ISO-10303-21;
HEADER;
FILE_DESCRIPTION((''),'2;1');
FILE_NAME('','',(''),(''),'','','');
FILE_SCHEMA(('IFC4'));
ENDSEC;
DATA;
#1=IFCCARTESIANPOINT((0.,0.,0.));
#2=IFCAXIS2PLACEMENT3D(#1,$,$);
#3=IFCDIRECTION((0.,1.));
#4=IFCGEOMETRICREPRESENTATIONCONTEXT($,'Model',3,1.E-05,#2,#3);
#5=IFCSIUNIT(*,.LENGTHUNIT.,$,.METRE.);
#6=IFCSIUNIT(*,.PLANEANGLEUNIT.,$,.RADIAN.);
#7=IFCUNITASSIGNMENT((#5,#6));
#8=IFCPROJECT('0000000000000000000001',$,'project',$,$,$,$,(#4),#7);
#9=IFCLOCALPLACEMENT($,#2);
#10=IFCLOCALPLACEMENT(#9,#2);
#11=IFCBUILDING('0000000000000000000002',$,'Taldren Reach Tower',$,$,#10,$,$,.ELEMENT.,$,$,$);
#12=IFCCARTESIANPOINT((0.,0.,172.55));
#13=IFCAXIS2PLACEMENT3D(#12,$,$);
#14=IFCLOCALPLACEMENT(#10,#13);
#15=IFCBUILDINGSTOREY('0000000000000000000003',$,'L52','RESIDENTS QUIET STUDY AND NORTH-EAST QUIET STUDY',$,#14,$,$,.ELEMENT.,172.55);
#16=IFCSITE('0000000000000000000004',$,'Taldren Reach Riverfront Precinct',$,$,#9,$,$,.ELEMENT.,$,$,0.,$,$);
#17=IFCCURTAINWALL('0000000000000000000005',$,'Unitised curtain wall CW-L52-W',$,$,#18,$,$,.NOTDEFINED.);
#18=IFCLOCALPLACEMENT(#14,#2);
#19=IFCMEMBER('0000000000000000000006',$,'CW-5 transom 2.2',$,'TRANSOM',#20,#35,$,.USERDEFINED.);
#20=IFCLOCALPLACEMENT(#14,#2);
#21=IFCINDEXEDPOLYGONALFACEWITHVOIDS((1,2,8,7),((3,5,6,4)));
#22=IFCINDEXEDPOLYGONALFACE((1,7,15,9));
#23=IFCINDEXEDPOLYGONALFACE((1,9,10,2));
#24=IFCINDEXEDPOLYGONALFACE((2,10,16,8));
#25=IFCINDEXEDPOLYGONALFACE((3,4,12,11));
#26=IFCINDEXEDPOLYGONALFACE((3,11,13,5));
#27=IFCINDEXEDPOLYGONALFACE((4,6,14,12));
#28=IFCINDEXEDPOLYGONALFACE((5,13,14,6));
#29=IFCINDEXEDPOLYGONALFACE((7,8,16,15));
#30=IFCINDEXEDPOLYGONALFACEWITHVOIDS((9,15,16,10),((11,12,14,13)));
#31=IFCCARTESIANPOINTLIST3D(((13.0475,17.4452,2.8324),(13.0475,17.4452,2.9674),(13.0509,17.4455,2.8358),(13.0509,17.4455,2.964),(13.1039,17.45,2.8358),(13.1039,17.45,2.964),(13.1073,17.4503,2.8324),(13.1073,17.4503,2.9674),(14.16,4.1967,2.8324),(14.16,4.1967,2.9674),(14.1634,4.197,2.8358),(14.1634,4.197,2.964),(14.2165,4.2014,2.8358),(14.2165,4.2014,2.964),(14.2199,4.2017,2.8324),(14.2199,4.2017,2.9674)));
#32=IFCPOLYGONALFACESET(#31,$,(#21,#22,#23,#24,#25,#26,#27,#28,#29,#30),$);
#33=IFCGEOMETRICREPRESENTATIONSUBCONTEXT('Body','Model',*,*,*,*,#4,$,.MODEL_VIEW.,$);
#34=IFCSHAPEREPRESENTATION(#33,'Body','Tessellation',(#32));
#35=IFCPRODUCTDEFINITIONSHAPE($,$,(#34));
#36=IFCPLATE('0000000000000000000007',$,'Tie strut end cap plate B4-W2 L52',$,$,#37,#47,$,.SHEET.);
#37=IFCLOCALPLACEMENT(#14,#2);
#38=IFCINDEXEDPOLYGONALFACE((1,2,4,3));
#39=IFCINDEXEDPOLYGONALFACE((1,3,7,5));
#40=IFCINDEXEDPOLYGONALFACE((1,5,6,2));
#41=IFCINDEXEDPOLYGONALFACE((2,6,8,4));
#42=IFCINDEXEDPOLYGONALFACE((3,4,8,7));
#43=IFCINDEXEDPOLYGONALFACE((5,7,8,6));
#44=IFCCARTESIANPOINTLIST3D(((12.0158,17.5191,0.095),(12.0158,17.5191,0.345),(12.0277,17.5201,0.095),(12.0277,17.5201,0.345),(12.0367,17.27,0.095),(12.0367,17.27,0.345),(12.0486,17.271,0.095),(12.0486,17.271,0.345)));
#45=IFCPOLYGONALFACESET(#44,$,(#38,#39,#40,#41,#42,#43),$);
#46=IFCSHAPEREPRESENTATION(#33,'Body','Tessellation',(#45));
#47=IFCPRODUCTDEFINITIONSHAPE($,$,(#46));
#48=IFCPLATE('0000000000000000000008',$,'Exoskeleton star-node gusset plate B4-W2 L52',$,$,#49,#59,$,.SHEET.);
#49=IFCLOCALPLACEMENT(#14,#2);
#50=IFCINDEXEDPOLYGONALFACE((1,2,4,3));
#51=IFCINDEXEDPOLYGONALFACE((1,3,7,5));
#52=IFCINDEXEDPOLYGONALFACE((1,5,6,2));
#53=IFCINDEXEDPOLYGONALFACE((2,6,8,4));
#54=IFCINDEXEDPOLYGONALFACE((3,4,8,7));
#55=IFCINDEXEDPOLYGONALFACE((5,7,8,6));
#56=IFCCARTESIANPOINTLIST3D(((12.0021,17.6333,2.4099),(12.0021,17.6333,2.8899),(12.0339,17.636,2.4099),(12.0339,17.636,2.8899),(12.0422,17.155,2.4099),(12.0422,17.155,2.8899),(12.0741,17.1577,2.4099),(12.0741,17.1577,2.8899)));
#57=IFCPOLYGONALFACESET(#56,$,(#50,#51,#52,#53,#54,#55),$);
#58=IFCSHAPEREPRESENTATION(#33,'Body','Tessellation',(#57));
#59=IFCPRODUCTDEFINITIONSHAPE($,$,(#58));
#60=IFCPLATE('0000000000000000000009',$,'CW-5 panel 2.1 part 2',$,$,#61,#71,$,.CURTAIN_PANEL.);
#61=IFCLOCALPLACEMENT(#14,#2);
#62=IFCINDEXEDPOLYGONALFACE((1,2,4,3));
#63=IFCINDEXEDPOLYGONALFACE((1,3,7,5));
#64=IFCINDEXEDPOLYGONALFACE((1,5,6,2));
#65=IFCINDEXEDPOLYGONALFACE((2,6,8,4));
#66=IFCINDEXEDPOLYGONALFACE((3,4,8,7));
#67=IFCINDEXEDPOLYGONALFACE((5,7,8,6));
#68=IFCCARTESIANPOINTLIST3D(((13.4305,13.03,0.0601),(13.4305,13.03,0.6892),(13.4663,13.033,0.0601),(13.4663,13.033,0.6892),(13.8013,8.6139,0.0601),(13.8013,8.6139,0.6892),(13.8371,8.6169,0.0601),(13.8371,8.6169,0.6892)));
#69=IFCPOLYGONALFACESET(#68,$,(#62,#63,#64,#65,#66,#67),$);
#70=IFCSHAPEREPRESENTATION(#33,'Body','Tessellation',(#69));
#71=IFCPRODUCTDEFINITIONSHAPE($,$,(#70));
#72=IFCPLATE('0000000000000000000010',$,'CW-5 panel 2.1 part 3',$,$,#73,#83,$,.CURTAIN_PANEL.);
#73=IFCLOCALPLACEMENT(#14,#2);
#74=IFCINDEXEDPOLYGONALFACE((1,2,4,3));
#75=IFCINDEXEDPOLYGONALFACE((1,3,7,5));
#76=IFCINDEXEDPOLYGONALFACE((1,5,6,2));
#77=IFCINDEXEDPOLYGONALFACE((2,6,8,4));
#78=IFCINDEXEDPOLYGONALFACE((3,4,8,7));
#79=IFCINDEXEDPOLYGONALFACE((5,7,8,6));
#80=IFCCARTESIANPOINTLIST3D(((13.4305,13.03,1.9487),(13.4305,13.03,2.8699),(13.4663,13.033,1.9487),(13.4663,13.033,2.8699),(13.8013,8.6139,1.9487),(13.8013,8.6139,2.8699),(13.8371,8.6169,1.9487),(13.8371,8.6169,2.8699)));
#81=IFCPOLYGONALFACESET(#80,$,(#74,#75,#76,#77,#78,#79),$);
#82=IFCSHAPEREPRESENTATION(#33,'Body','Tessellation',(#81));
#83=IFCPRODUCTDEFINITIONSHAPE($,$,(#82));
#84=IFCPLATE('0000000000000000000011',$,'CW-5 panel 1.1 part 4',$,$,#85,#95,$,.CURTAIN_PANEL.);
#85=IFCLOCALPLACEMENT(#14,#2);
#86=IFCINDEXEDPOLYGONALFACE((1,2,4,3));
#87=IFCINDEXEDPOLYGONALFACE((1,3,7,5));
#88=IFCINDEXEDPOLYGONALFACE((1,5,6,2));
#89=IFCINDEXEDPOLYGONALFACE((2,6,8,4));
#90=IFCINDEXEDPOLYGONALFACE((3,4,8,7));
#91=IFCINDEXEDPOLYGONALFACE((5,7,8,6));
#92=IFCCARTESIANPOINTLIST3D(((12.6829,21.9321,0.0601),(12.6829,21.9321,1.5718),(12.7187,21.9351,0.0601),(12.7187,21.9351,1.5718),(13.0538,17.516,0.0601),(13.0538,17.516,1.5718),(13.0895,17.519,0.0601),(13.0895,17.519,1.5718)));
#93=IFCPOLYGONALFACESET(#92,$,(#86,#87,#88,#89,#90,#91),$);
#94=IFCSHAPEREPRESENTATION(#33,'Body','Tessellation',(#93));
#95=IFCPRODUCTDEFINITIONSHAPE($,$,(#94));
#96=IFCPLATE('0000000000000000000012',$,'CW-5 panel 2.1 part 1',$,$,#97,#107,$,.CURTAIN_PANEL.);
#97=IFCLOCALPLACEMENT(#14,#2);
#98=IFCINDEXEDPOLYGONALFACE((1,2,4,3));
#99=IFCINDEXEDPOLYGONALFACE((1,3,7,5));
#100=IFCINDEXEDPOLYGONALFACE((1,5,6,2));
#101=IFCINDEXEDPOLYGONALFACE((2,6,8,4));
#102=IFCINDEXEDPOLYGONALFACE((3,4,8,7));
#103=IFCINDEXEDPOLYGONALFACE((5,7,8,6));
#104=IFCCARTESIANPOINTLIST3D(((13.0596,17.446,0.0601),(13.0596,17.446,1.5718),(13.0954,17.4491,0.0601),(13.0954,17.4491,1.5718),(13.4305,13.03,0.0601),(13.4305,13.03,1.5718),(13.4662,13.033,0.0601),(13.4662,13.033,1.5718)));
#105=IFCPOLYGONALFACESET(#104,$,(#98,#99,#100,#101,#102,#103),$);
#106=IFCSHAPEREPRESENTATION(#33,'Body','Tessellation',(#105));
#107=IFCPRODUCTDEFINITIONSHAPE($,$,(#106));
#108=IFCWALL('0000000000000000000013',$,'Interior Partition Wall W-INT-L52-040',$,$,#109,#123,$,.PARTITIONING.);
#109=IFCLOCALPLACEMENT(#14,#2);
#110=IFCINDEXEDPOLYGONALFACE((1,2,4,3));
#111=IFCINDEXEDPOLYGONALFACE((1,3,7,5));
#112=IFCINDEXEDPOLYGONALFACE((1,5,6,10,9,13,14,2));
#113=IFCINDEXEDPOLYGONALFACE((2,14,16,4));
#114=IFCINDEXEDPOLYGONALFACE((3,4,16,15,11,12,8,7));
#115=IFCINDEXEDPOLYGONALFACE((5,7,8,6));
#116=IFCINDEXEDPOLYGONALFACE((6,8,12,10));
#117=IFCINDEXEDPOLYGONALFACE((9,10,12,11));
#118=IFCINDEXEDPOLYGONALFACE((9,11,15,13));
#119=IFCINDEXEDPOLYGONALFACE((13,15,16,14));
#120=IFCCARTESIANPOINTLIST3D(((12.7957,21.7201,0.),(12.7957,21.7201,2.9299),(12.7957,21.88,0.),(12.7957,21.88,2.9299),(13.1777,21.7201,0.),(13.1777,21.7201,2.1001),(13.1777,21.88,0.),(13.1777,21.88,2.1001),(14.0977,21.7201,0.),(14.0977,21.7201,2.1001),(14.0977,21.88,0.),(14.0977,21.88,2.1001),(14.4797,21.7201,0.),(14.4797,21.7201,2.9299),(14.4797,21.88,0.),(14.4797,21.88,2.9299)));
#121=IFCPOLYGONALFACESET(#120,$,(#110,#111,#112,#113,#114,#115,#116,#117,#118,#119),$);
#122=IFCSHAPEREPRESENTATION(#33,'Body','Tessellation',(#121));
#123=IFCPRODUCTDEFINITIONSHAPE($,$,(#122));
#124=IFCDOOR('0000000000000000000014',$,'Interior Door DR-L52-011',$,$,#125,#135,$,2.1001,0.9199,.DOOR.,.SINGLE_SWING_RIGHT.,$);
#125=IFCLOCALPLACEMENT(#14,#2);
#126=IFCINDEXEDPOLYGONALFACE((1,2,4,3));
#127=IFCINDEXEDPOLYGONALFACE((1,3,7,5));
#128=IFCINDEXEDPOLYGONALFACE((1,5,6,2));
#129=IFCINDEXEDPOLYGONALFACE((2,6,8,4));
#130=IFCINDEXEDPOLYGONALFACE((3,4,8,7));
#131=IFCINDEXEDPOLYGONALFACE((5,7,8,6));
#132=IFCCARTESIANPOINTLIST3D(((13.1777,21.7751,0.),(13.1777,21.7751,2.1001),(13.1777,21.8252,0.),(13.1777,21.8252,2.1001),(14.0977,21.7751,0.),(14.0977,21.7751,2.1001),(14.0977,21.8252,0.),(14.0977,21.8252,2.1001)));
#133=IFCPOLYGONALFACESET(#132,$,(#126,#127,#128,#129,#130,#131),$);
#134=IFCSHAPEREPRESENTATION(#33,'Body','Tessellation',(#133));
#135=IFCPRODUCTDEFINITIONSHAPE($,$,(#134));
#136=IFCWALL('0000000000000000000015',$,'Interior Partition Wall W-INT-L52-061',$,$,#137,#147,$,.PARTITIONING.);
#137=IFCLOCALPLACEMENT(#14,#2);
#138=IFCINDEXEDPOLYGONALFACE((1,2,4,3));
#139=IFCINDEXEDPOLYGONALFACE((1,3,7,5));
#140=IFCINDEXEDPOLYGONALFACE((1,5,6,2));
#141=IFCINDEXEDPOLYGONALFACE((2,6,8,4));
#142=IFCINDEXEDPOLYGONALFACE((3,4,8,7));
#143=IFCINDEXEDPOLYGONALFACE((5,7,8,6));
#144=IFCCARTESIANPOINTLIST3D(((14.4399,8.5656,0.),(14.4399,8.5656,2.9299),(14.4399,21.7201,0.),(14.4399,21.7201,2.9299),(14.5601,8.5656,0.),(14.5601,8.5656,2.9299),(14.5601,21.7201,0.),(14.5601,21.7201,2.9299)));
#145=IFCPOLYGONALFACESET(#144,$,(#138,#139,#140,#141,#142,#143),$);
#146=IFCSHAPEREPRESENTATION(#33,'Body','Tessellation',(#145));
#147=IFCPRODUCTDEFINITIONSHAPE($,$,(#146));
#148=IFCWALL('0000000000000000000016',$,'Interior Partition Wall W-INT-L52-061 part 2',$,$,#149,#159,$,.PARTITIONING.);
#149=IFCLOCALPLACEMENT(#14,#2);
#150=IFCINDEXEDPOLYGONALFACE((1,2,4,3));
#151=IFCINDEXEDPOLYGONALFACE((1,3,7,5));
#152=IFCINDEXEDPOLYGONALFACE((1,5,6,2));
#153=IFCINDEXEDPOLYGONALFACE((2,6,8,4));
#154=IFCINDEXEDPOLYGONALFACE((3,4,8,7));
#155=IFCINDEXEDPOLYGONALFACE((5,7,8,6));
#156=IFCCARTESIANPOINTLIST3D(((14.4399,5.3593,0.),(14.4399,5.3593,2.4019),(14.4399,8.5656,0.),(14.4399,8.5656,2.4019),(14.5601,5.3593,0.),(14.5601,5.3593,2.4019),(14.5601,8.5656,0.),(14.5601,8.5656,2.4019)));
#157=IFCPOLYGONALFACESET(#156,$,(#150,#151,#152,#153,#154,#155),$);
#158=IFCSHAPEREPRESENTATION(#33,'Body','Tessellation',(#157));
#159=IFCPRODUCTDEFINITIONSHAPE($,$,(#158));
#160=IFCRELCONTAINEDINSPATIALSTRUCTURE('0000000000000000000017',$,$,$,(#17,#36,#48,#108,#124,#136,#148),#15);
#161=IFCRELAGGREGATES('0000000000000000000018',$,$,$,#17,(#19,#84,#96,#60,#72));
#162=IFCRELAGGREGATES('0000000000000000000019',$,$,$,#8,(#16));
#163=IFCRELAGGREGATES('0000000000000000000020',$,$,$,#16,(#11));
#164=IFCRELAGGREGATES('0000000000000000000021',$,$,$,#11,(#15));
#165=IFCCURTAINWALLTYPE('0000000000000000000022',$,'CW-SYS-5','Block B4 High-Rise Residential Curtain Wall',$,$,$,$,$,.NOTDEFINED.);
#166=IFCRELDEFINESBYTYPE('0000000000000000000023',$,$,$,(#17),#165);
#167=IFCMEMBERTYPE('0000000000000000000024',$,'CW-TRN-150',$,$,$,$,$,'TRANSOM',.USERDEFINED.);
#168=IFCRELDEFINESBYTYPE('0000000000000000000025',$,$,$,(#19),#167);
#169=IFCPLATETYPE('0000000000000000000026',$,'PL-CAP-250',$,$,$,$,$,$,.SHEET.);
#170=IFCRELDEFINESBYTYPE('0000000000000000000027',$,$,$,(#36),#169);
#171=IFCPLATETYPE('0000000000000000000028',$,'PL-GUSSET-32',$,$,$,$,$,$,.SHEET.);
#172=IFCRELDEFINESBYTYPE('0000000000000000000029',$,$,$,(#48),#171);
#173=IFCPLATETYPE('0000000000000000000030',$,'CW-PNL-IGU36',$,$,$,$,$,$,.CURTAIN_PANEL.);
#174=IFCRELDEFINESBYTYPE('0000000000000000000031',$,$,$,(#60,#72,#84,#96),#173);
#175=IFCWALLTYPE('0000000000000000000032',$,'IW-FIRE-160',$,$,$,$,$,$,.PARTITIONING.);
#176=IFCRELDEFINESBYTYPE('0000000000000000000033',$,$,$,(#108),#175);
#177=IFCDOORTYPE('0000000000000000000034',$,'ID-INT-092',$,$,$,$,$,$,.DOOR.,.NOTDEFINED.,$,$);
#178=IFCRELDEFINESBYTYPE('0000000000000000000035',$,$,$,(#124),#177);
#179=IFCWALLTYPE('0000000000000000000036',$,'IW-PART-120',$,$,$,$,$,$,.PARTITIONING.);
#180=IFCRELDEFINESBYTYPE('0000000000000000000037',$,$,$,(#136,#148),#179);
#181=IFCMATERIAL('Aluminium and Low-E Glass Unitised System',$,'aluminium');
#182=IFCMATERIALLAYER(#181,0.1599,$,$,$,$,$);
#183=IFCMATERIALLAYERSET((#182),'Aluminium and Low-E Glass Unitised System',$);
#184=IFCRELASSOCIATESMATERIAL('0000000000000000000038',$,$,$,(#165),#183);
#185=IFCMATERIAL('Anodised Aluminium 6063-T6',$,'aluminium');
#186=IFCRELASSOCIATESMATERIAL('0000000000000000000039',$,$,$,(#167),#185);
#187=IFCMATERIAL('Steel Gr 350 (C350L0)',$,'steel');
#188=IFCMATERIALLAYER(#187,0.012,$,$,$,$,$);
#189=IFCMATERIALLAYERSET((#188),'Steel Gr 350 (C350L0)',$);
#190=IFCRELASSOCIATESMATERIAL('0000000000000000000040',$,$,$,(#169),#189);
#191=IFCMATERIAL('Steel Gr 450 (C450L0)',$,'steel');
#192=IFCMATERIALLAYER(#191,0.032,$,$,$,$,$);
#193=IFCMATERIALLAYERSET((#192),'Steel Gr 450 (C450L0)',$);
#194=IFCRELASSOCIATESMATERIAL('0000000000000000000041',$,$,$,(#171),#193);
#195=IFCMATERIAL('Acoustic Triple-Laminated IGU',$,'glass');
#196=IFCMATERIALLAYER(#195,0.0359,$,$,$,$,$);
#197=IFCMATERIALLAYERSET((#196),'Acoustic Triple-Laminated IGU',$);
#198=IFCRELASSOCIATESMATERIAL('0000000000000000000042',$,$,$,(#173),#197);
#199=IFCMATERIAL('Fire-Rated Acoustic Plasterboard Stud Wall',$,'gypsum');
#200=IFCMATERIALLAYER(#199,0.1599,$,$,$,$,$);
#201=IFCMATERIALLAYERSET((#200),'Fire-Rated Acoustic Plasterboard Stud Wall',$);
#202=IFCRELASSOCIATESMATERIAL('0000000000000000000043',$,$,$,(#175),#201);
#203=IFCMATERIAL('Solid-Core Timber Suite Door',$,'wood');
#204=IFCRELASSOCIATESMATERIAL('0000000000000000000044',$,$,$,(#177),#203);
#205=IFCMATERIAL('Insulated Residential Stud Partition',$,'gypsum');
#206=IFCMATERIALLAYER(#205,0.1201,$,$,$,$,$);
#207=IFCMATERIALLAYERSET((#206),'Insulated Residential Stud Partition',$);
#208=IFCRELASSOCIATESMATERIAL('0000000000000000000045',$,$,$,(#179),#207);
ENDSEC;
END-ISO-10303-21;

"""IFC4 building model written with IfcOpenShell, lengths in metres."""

from ifc_helpers import new_model, si_unit, direction, frame, frame_2d, origin, origin_2d, place, context, subcontext, project, spatial, rectangle, hollow_rectangle, extrude, source, transform, mapped, material, layer, layer_set, material_profile, profile_set, type_object, element, fill, aggregate, save


model = new_model("IFC4")

# Units and contexts
model_context = context("Model", 3, precision=1e-05, world=origin(), true_north=direction((0.0, 1.0)))
body_context = subcontext(model_context, "Body", "Model", "MODEL_VIEW")
ifc_project = project(units=[si_unit("LENGTHUNIT", "METRE"), si_unit("PLANEANGLEUNIT", "RADIAN")], contexts=[model_context])

# Site, building, storey
site_placement = place(None, origin())
site = spatial("IfcSite", under=ifc_project, at=site_placement, Name="Taldren Reach Riverfront Precinct", CompositionType="ELEMENT", RefElevation=0.0)
building_placement = place(site_placement, origin())
building = spatial("IfcBuilding", under=site, at=building_placement, Name="Taldren Reach Tower", CompositionType="ELEMENT")
storey_placement = place(building_placement, frame((0.0, 0.0, 172.55)))
storey = spatial("IfcBuildingStorey", under=building, at=storey_placement, Name="L52", Description="RESIDENTS QUIET STUDY AND NORTH-EAST QUIET STUDY", CompositionType="ELEMENT", Elevation=172.55)

# Shared definitions
ifc_material_1 = material(Name="Steel Gr 450 (C450L0)", Category="steel")
ifc_material_2 = material(Name="Steel Gr 350 (C350L0)", Category="steel")

# Curtain wall, member
ifc_material_3 = material(Name="Aluminium and Low-E Glass Unitised System", Category="aluminium")
ifc_layer_1 = layer(ifc_material_3, 0.1599)
ifc_layer_set_1 = layer_set([ifc_layer_1], Name="Aluminium and Low-E Glass Unitised System")
curtain_wall_type = type_object("IfcCurtainWallType", Name="CW-SYS-5", Description="Block B4 High-Rise Residential Curtain Wall", PredefinedType="NOTDEFINED", material=ifc_layer_set_1)
curtain_wall_placement = place(storey_placement, origin())
curtain_wall = element("IfcCurtainWall", 1, at=curtain_wall_placement, inside=storey, type_object=curtain_wall_type, Name="Unitised curtain wall CW-L52-W", PredefinedType="NOTDEFINED")
ifc_material_4 = material(Name="Anodised Aluminium 6063-T6", Category="aluminium")
ifc_material_profile_1 = material_profile(ifc_material_4, hollow_rectangle(XDim=0.0601, YDim=0.135, WallThickness=0.0034, at=origin_2d()), Name="ALU-135x60x3.5RHS")
ifc_profile_set_1 = profile_set([ifc_material_profile_1], Name="Anodised Aluminium 6063-T6")
member_type_1 = type_object("IfcMemberType", Name="CW-TRN-150", ElementType="TRANSOM", PredefinedType="USERDEFINED", material=ifc_profile_set_1)
shared_shape_1 = source(origin(), body_context, "Body", "SweptSolid", [
    extrude(hollow_rectangle(XDim=0.0601, YDim=0.135, WallThickness=0.0034, at=origin_2d()), origin(), (0.0, 0.0, 1.0), 13.2952),
])
member_1_placement = place(storey_placement, frame((13.0774, 17.4478, 2.8999), z_axis=(0.083681, -0.996493, 0.0), x_axis=(0.996493, 0.083681, 0.0)))
member_1 = element("IfcMember", 2, at=member_1_placement, type_object=member_type_1, Name="CW-5 transom 2.2", ObjectType="TRANSOM", PredefinedType="USERDEFINED", context=body_context, shape_type="MappedRepresentation", body=[
    mapped(shared_shape_1, transform((0.0, 0.0, 0.0), scale=1.0)),
])

# Plates
ifc_layer_2 = layer(ifc_material_2, 0.012)
ifc_layer_set_2 = layer_set([ifc_layer_2], Name="Steel Gr 350 (C350L0)")
plate_type_1 = type_object("IfcPlateType", Name="PL-CAP-250", PredefinedType="SHEET", material=ifc_layer_set_2)
shared_shape_2 = source(origin(), body_context, "Body", "SweptSolid", [
    extrude(rectangle(XDim=0.012, YDim=0.25, at=origin_2d()), origin(), (0.0, 0.0, 1.0), 0.25),
])
plate_1_placement = place(storey_placement, frame((12.0322, 17.395, 0.095), z_axis=(0.0, 0.0, 1.0), x_axis=(0.996493, 0.083678, 0.0)))
element("IfcPlate", 3, at=plate_1_placement, inside=storey, type_object=plate_type_1, Name="Tie strut end cap plate B4-W2 L52", PredefinedType="SHEET", context=body_context, shape_type="MappedRepresentation", body=[
    mapped(shared_shape_2, transform((0.0, 0.0, 0.0), scale=1.0)),
])
ifc_layer_3 = layer(ifc_material_1, 0.032)
ifc_layer_set_3 = layer_set([ifc_layer_3], Name="Steel Gr 450 (C450L0)")
plate_type_2 = type_object("IfcPlateType", Name="PL-GUSSET-32", PredefinedType="SHEET", material=ifc_layer_set_3)
shared_shape_3 = source(origin(), body_context, "Body", "SweptSolid", [
    extrude(rectangle(XDim=0.48, YDim=0.032, at=origin_2d()), origin(), (0.0, 0.0, 1.0), 0.48),
])
plate_2_placement = place(storey_placement, frame((12.0381, 17.3955, 2.4099), z_axis=(0.0, 0.0, 1.0), x_axis=(-0.083678, 0.996493, 0.0)))
element("IfcPlate", 4, at=plate_2_placement, inside=storey, type_object=plate_type_2, Name="Exoskeleton star-node gusset plate B4-W2 L52", PredefinedType="SHEET", context=body_context, shape_type="MappedRepresentation", body=[
    mapped(shared_shape_3, transform((0.0, 0.0, 0.0), scale=1.0)),
])

# Plates
ifc_material_5 = material(Name="Acoustic Triple-Laminated IGU", Category="glass")
ifc_layer_4 = layer(ifc_material_5, 0.0359)
ifc_layer_set_4 = layer_set([ifc_layer_4], Name="Acoustic Triple-Laminated IGU")
plate_type_3 = type_object("IfcPlateType", Name="CW-PNL-IGU36", PredefinedType="CURTAIN_PANEL", material=ifc_layer_set_4)
shared_shape_4 = source(origin(), body_context, "Body", "SweptSolid", [
    extrude(rectangle(XDim=4.4316, YDim=0.0359, at=origin_2d()), origin(), (0.0, 0.0, 1.0), 0.6292),
])
plate_3_placement = place(storey_placement, frame((13.6338, 10.8235, 0.0601), z_axis=(0.0, 0.0, 1.0), x_axis=(0.083678, -0.996493, 0.0)))
plate_3 = element("IfcPlate", 5, at=plate_3_placement, type_object=plate_type_3, Name="CW-5 panel 2.1 part 2", PredefinedType="CURTAIN_PANEL", context=body_context, shape_type="MappedRepresentation", body=[
    mapped(shared_shape_4, transform((0.0, 0.0, 0.0), scale=1.0)),
])
shared_shape_5 = source(origin(), body_context, "Body", "SweptSolid", [
    extrude(rectangle(XDim=4.4316, YDim=0.0359, at=origin_2d()), origin(), (0.0, 0.0, 1.0), 0.9211),
])
plate_4_placement = place(storey_placement, frame((13.6338, 10.8235, 1.9487), z_axis=(0.0, 0.0, 1.0), x_axis=(0.083678, -0.996493, 0.0)))
plate_4 = element("IfcPlate", 6, at=plate_4_placement, type_object=plate_type_3, Name="CW-5 panel 2.1 part 3", PredefinedType="CURTAIN_PANEL", context=body_context, shape_type="MappedRepresentation", body=[
    mapped(shared_shape_5, transform((0.0, 0.0, 0.0), scale=1.0)),
])
shared_shape_6 = source(origin(), body_context, "Body", "SweptSolid", [
    extrude(rectangle(XDim=4.4316, YDim=0.0359, at=origin_2d()), origin(), (0.0, 0.0, 1.0), 1.5117),
])
plate_5_placement = place(storey_placement, frame((12.8862, 19.7256, 0.0601), z_axis=(0.0, 0.0, 1.0), x_axis=(0.083678, -0.996493, 0.0)))
plate_5 = element("IfcPlate", 7, at=plate_5_placement, type_object=plate_type_3, Name="CW-5 panel 1.1 part 4", PredefinedType="CURTAIN_PANEL", context=body_context, shape_type="MappedRepresentation", body=[
    mapped(shared_shape_6, transform((0.0, 0.0, 0.0), scale=1.0)),
])
plate_6_placement = place(storey_placement, frame((13.2629, 15.2395, 0.0601), z_axis=(0.0, 0.0, 1.0), x_axis=(0.083678, -0.996493, 0.0)))
plate_6 = element("IfcPlate", 8, at=plate_6_placement, type_object=plate_type_3, Name="CW-5 panel 2.1 part 1", PredefinedType="CURTAIN_PANEL", context=body_context, shape_type="MappedRepresentation", body=[
    mapped(shared_shape_6, transform((0.0, 0.0, 0.0), scale=1.0)),
])
aggregate(curtain_wall, [member_1, plate_5, plate_6, plate_3, plate_4])

# Wall, opening, door
ifc_material_6 = material(Name="Fire-Rated Acoustic Plasterboard Stud Wall", Category="gypsum")
ifc_layer_5 = layer(ifc_material_6, 0.1599)
ifc_layer_set_5 = layer_set([ifc_layer_5], Name="Fire-Rated Acoustic Plasterboard Stud Wall")
wall_type_1 = type_object("IfcWallType", Name="IW-FIRE-160", PredefinedType="PARTITIONING", material=ifc_layer_set_5)
shared_shape_7 = source(origin(), body_context, "Body", "SweptSolid", [
    extrude(rectangle(XDim=1.6841, YDim=0.1599, at=frame_2d((0.842, 0.0))), origin(), (0.0, 0.0, 1.0), 2.9299),
])
wall_1_placement = place(storey_placement, frame((14.4797, 21.8, 0.0), z_axis=(0.0, 0.0, 1.0), x_axis=(-1.0, 0.0, 0.0)))
wall_1 = element("IfcWall", 9, at=wall_1_placement, inside=storey, type_object=wall_type_1, Name="Interior Partition Wall W-INT-L52-040", PredefinedType="PARTITIONING", context=body_context, shape_type="MappedRepresentation", body=[
    mapped(shared_shape_7, transform((0.0, 0.0, 0.0), scale=1.0)),
])
shared_shape_8 = source(origin(), body_context, "Body", "SweptSolid", [
    extrude(rectangle(XDim=0.9199, YDim=2.1001, at=frame_2d((0.46, 1.05))), frame((0.0, 0.0898, 0.0), z_axis=(0.0, -1.0, 0.0), x_axis=(1.0, 0.0, 0.0)), (0.0, 0.0, 1.0), 0.1799),
])
opening_placement = place(wall_1_placement, frame((0.3821, 0.0, 0.0)))
opening = element("IfcOpeningElement", 10, at=opening_placement, cuts=wall_1, PredefinedType="OPENING", context=body_context, shape_type="MappedRepresentation", body=[
    mapped(shared_shape_8, transform((0.0, 0.0, 0.0), scale=1.0)),
])
ifc_material_7 = material(Name="Solid-Core Timber Suite Door", Category="wood")
door_type = type_object("IfcDoorType", Name="ID-INT-092", OperationType="NOTDEFINED", PredefinedType="DOOR", material=ifc_material_7)
shared_shape_9 = source(origin(), body_context, "Body", "SweptSolid", [
    extrude(rectangle(XDim=0.9199, YDim=2.1001, at=frame_2d((0.46, 1.05))), frame((0.0, 0.0249, 0.0), z_axis=(0.0, -1.0, 0.0), x_axis=(1.0, 0.0, 0.0)), (0.0, 0.0, 1.0), 0.05),
])
door_placement = place(opening_placement, origin())
door = element("IfcDoor", 11, at=door_placement, inside=storey, type_object=door_type, Name="Interior Door DR-L52-011", OperationType="SINGLE_SWING_RIGHT", OverallHeight=2.1001, OverallWidth=0.9199, PredefinedType="DOOR", context=body_context, shape_type="MappedRepresentation", body=[
    mapped(shared_shape_9, transform((0.0, 0.0, 0.0), scale=1.0)),
])
fill(opening, door)

# Walls
ifc_material_8 = material(Name="Insulated Residential Stud Partition", Category="gypsum")
ifc_layer_6 = layer(ifc_material_8, 0.1201)
ifc_layer_set_6 = layer_set([ifc_layer_6], Name="Insulated Residential Stud Partition")
wall_type_2 = type_object("IfcWallType", Name="IW-PART-120", PredefinedType="PARTITIONING", material=ifc_layer_set_6)
shared_shape_10 = source(origin(), body_context, "Body", "SweptSolid", [
    extrude(rectangle(XDim=13.1545, YDim=0.1201, at=frame_2d((6.5771, 0.0))), origin(), (0.0, 0.0, 1.0), 2.9299),
])
wall_2_placement = place(storey_placement, frame((14.5, 21.72, 0.0), z_axis=(0.0, 0.0, 1.0), x_axis=(0.0, -1.0, 0.0)))
element("IfcWall", 12, at=wall_2_placement, inside=storey, type_object=wall_type_2, Name="Interior Partition Wall W-INT-L52-061", PredefinedType="PARTITIONING", context=body_context, shape_type="MappedRepresentation", body=[
    mapped(shared_shape_10, transform((0.0, 0.0, 0.0), scale=1.0)),
])
shared_shape_11 = source(origin(), body_context, "Body", "SweptSolid", [
    extrude(rectangle(XDim=3.2063, YDim=0.1201, at=frame_2d((1.603, 0.0))), origin(), (0.0, 0.0, 1.0), 2.4019),
])
wall_3_placement = place(storey_placement, frame((14.5, 8.5654, 0.0), z_axis=(0.0, 0.0, 1.0), x_axis=(0.0, -1.0, 0.0)))
element("IfcWall", 13, at=wall_3_placement, inside=storey, type_object=wall_type_2, Name="Interior Partition Wall W-INT-L52-061 part 2", PredefinedType="PARTITIONING", context=body_context, shape_type="MappedRepresentation", body=[
    mapped(shared_shape_11, transform((0.0, 0.0, 0.0), scale=1.0)),
])

save(model, "model.ifc")
